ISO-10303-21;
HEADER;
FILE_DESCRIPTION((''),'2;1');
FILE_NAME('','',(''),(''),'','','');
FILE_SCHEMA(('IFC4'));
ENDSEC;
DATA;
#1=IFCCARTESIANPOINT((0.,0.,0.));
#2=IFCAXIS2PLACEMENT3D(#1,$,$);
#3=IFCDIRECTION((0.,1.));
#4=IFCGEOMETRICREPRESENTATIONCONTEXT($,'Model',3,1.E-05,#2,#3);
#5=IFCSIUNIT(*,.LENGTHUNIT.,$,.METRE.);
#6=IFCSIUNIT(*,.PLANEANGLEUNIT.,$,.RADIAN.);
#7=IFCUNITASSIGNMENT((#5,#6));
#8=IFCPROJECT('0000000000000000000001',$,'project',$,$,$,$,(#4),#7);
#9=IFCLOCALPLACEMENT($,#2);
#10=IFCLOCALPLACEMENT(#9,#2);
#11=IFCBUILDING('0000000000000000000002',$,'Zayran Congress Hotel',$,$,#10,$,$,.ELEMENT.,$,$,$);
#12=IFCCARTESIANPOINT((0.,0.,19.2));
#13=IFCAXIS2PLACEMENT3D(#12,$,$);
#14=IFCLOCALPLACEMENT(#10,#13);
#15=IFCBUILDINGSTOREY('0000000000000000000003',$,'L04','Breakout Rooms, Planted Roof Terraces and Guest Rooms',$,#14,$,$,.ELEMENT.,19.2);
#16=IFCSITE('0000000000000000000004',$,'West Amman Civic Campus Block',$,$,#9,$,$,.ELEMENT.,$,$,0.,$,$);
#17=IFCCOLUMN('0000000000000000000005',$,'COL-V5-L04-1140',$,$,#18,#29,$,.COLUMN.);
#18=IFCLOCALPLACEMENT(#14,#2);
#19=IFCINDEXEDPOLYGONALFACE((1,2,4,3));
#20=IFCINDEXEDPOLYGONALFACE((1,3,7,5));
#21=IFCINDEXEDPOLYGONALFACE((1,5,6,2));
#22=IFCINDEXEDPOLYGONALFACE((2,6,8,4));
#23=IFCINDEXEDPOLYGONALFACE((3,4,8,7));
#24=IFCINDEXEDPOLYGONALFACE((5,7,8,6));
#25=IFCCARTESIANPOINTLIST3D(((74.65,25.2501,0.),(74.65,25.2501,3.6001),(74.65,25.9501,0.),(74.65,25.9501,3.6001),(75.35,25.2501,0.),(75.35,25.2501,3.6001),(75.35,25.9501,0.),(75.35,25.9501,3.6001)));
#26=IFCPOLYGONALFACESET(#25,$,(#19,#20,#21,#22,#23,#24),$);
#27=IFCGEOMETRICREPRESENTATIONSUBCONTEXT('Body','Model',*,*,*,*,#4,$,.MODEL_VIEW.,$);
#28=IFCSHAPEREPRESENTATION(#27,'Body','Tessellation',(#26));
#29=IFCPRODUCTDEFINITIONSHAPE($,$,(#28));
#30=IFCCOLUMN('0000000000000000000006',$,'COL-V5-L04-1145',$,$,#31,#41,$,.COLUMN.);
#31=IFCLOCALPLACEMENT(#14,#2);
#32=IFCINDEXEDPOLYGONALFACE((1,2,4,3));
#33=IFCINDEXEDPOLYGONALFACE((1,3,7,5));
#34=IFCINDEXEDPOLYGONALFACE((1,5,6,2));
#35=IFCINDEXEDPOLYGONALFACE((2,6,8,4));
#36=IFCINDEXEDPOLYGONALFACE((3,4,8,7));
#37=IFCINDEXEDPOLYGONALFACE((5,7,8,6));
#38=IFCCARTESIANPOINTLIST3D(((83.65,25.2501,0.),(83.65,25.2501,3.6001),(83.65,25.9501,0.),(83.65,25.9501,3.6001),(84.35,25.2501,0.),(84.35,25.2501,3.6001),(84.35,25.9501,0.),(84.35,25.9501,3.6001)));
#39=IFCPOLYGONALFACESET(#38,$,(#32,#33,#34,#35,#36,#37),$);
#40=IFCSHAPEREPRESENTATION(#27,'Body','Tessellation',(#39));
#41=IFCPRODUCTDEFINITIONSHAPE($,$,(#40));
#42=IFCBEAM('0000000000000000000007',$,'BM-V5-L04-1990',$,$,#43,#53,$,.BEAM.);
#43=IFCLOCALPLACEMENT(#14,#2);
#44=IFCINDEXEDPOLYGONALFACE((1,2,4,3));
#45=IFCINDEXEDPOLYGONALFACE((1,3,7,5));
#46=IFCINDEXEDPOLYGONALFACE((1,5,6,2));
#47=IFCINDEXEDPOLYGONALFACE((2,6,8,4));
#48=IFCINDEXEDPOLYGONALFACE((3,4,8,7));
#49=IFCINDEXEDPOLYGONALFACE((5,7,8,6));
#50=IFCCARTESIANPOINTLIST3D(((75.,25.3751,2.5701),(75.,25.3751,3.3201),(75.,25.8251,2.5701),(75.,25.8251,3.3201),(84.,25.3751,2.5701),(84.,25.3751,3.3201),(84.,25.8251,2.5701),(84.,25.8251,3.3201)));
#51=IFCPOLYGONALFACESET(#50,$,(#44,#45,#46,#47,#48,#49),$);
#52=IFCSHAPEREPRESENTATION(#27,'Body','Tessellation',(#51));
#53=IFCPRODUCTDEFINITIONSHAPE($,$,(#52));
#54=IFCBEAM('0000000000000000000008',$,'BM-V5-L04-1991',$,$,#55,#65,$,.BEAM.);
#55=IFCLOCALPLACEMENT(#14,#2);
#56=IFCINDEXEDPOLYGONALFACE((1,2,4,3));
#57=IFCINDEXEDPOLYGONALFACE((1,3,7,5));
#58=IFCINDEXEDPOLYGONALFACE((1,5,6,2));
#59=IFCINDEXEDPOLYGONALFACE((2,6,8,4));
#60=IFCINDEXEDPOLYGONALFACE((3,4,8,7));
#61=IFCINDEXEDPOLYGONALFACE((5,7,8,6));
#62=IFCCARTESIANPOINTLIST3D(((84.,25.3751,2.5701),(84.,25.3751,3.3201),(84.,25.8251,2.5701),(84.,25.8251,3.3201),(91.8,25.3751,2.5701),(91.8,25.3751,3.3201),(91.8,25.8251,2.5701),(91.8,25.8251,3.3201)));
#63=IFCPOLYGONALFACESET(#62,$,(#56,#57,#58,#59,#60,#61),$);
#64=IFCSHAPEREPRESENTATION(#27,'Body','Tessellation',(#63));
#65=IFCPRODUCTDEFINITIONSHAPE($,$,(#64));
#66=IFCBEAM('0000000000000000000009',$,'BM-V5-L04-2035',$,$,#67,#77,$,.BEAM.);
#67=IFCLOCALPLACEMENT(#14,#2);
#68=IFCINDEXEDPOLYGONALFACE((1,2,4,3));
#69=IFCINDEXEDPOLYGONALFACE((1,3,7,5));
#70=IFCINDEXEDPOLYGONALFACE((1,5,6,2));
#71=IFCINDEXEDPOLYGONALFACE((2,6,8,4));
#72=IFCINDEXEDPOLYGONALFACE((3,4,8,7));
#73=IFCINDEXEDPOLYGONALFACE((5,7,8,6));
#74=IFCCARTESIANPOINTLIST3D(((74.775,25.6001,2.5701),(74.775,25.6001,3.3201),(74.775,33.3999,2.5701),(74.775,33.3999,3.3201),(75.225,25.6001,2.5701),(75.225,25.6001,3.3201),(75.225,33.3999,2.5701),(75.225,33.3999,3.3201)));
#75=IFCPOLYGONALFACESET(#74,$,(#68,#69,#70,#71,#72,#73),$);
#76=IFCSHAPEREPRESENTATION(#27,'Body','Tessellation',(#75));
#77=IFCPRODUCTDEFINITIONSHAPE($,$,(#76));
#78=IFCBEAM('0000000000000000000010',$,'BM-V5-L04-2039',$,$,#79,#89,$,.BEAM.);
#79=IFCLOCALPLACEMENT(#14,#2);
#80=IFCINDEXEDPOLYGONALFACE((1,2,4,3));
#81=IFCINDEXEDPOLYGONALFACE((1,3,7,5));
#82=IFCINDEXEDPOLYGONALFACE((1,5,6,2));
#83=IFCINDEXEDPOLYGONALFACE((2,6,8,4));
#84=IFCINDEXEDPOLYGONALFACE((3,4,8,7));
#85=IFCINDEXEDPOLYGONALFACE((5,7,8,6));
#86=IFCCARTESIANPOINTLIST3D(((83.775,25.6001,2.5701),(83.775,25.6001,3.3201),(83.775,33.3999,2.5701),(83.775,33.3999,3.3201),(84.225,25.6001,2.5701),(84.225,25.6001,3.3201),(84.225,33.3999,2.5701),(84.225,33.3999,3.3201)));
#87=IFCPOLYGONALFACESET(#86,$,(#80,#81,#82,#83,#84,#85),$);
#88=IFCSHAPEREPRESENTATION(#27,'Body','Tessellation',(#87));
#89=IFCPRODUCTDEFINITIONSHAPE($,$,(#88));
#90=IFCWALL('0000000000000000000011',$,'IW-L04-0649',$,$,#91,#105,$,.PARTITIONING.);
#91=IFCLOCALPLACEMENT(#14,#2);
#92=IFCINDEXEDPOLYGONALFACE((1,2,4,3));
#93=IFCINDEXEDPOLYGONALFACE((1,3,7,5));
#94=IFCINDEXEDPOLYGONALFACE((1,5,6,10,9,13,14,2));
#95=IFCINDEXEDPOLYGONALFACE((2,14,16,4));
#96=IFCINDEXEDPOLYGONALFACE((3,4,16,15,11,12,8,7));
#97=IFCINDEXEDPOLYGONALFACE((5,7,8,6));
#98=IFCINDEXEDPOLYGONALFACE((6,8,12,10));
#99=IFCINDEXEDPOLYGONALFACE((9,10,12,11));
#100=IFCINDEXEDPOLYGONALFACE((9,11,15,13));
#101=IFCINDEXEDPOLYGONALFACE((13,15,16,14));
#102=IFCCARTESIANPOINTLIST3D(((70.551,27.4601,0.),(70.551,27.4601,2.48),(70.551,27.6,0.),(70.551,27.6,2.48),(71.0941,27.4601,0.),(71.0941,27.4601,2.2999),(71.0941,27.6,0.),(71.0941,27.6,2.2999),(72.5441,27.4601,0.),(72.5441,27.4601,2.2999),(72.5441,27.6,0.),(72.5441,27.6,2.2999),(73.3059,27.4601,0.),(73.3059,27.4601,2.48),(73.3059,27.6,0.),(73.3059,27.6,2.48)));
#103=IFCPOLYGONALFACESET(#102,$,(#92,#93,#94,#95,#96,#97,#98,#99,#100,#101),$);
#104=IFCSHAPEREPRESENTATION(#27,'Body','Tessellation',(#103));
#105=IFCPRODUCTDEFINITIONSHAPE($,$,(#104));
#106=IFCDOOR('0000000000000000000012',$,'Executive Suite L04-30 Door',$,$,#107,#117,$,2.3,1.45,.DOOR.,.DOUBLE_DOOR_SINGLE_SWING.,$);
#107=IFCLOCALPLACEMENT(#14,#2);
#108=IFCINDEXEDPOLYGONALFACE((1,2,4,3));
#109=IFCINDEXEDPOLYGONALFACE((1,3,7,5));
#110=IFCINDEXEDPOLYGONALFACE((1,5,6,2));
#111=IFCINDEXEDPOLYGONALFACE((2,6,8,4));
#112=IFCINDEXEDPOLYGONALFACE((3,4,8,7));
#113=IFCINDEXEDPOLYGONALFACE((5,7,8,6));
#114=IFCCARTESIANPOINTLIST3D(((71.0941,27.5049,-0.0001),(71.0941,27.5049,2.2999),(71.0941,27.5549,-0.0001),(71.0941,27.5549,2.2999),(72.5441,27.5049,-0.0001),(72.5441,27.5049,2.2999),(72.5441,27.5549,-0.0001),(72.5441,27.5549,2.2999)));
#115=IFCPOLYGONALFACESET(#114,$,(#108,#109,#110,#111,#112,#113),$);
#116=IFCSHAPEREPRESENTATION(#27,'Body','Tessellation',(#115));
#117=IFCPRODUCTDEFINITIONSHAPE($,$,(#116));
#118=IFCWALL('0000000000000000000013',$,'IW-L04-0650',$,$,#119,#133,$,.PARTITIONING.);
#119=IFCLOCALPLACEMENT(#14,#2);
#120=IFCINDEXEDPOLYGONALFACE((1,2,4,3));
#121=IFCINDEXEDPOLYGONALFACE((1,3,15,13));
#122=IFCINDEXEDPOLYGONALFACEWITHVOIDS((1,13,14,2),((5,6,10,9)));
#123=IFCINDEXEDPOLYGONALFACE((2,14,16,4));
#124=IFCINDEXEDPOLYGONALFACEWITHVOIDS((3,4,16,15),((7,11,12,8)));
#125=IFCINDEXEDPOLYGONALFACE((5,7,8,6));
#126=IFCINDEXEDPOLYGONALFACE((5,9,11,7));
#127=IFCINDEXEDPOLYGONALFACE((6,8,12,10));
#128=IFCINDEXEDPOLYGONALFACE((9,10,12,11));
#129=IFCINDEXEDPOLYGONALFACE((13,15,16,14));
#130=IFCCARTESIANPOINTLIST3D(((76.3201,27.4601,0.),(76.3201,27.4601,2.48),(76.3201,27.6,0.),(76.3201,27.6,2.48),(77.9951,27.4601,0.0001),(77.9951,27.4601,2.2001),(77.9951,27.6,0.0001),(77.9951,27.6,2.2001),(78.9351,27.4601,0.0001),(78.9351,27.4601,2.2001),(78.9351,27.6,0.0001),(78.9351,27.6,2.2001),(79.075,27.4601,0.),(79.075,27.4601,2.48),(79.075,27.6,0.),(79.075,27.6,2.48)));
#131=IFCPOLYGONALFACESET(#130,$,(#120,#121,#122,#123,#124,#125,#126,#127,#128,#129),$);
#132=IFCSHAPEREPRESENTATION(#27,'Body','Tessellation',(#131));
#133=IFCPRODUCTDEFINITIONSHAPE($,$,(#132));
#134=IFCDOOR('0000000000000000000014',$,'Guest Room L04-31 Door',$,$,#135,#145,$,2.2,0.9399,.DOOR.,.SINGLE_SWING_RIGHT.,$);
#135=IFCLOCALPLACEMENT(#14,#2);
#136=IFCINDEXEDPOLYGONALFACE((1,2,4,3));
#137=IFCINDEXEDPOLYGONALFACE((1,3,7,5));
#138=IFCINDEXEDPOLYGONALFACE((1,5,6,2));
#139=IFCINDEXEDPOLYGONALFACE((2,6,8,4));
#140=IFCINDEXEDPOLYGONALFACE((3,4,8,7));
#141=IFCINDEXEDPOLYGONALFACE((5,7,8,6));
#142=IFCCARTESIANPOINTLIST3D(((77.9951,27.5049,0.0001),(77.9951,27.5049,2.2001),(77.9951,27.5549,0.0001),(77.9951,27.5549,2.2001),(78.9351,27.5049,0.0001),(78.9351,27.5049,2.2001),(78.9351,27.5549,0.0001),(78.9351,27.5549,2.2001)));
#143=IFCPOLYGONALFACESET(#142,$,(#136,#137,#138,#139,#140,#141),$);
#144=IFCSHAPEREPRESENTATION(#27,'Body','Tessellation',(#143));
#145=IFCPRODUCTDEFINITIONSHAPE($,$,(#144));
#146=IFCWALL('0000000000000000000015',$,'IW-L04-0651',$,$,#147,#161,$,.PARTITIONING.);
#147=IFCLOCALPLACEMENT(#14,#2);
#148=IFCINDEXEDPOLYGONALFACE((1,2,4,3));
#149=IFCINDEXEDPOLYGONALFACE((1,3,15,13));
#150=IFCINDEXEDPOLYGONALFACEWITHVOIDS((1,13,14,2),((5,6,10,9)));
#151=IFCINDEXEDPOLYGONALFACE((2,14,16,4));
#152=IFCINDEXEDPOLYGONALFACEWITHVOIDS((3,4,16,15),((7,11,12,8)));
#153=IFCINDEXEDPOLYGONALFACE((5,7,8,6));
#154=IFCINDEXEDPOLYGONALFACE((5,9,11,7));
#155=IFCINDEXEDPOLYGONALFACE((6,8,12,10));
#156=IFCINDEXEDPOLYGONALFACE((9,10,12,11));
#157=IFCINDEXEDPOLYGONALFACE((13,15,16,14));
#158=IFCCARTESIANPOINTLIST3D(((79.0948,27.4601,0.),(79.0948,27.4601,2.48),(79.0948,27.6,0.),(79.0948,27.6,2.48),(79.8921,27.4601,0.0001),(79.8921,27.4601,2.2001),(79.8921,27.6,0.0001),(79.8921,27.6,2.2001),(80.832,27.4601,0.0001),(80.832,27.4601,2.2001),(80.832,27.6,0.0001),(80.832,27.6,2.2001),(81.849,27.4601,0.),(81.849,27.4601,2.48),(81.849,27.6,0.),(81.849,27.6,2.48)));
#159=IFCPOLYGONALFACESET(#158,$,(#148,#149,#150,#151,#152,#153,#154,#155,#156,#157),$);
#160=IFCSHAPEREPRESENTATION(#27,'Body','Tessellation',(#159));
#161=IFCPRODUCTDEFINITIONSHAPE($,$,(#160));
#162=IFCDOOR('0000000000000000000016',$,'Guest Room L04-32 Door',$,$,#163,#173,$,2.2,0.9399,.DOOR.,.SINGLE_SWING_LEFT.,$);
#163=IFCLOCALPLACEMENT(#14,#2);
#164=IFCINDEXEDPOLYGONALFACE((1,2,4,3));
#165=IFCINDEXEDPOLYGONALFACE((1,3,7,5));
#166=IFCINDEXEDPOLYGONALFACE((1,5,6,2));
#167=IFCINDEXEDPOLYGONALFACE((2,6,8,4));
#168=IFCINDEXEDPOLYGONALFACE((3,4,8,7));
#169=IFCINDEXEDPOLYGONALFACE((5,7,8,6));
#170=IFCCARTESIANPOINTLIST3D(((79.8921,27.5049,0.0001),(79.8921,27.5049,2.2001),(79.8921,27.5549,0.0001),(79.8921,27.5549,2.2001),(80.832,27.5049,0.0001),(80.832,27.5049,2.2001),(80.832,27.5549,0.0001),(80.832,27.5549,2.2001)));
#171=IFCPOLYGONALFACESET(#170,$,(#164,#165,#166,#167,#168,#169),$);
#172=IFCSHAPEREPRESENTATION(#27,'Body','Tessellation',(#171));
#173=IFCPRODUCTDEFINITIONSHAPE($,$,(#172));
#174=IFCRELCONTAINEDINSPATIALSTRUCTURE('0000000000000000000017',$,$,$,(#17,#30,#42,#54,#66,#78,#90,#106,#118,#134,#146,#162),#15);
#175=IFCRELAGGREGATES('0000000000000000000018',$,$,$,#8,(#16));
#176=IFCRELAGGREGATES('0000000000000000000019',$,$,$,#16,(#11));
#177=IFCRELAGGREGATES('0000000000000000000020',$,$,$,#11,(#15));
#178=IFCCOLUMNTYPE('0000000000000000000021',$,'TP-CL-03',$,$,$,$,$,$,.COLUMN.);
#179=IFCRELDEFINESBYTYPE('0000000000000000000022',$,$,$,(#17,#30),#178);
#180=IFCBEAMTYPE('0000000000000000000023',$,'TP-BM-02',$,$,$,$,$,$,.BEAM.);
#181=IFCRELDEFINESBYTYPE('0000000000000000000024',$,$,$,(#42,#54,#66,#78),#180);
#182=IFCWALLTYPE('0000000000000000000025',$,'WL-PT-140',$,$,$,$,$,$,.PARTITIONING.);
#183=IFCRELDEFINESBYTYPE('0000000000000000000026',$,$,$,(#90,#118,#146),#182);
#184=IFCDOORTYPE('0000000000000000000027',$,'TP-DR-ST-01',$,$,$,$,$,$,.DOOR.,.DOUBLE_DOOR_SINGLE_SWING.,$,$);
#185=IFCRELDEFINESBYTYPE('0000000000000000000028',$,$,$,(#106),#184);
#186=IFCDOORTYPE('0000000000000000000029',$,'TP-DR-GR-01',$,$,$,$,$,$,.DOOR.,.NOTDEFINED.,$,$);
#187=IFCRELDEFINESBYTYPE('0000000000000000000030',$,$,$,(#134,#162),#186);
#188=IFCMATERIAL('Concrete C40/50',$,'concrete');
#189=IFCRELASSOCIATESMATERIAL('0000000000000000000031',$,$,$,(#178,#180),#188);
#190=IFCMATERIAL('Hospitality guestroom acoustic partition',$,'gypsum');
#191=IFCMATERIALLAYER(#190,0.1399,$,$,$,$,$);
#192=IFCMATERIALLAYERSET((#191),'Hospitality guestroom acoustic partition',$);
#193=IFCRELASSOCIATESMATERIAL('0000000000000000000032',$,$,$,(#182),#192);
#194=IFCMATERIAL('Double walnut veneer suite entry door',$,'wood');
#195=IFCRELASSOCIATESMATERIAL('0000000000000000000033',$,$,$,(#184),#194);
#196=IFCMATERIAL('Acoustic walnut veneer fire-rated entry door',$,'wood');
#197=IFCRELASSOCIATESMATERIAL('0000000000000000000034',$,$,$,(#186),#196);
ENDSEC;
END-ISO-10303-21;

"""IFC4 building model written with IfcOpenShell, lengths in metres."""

from ifc_helpers import new_model, si_unit, direction, frame, frame_2d, origin, origin_2d, place, context, subcontext, project, spatial, rectangle, extrude, material, layer, layer_set, material_profile, profile_set, type_object, element, fill, save


model = new_model("IFC4")

# Units and contexts
model_context = context("Model", 3, precision=1e-05, world=origin(), true_north=direction((0.0, 1.0)))
body_context = subcontext(model_context, "Body", "Model", "MODEL_VIEW")
ifc_project = project(units=[si_unit("LENGTHUNIT", "METRE"), si_unit("PLANEANGLEUNIT", "RADIAN")], contexts=[model_context])

# Site, building, storey
site_placement = place(None, origin())
site = spatial("IfcSite", under=ifc_project, at=site_placement, Name="West Amman Civic Campus Block", CompositionType="ELEMENT", RefElevation=0.0)
building_placement = place(site_placement, origin())
building = spatial("IfcBuilding", under=site, at=building_placement, Name="Zayran Congress Hotel", CompositionType="ELEMENT")
storey_placement = place(building_placement, frame((0.0, 0.0, 19.2)))
storey = spatial("IfcBuildingStorey", under=building, at=storey_placement, Name="L04", Description="Breakout Rooms, Planted Roof Terraces and Guest Rooms", CompositionType="ELEMENT", Elevation=19.2)

# Columns
ifc_material_1 = material(Name="Concrete C40/50", Category="concrete")
ifc_material_profile_1 = material_profile(ifc_material_1, rectangle(XDim=0.7, YDim=0.7, at=origin_2d()), Name="RC 700x700")
ifc_profile_set_1 = profile_set([ifc_material_profile_1], Name="Concrete C40/50")
column_type = type_object("IfcColumnType", Name="TP-CL-03", PredefinedType="COLUMN", material=ifc_profile_set_1)
for number, where, z_axis, x_axis, name in (
    (1, (75.0, 25.6001, 0.0), (0.0, 0.0, 1.0), (1.0, 0.0, 0.0), "COL-V5-L04-1140"),
    (2, (84.0, 25.6001, 0.0), (0.0, 0.0, 1.0), (1.0, 0.0, 0.0), "COL-V5-L04-1145"),
):
    element("IfcColumn", number, at=place(storey_placement, frame(where, z_axis=z_axis, x_axis=x_axis)), inside=storey, type_object=column_type, Name=name, PredefinedType="COLUMN", context=body_context, shape_type="SweptSolid", body=[
        extrude(rectangle(XDim=0.7, YDim=0.7, at=origin_2d()), origin(), (0.0, 0.0, 1.0), 3.6001),
    ])

# Beams
ifc_material_profile_2 = material_profile(ifc_material_1, rectangle(XDim=0.45, YDim=0.75, at=origin_2d()), Name="RC 450x750")
ifc_profile_set_2 = profile_set([ifc_material_profile_2], Name="Concrete C40/50")
beam_type = type_object("IfcBeamType", Name="TP-BM-02", PredefinedType="BEAM", material=ifc_profile_set_2)
beam_1_placement = place(storey_placement, frame((75.0, 25.6001, 2.9451), z_axis=(1.0, 0.0, 0.0), x_axis=(0.0, 1.0, 0.0)))
element("IfcBeam", 3, at=beam_1_placement, inside=storey, type_object=beam_type, Name="BM-V5-L04-1990", PredefinedType="BEAM", context=body_context, shape_type="SweptSolid", body=[
    extrude(rectangle(XDim=0.45, YDim=0.75, at=origin_2d()), origin(), (0.0, 0.0, 1.0), 9.0),
])
beam_2_placement = place(storey_placement, frame((84.0, 25.6001, 2.9451), z_axis=(1.0, 0.0, 0.0), x_axis=(0.0, 1.0, 0.0)))
element("IfcBeam", 4, at=beam_2_placement, inside=storey, type_object=beam_type, Name="BM-V5-L04-1991", PredefinedType="BEAM", context=body_context, shape_type="SweptSolid", body=[
    extrude(rectangle(XDim=0.45, YDim=0.75, at=origin_2d()), origin(), (0.0, 0.0, 1.0), 7.8),
])
for number, where, z_axis, x_axis, name in (
    (5, (75.0, 25.6001, 2.9451), (0.0, 1.0, 0.0), (-1.0, 0.0, 0.0), "BM-V5-L04-2035"),
    (6, (84.0, 25.6001, 2.9451), (0.0, 1.0, 0.0), (-1.0, 0.0, 0.0), "BM-V5-L04-2039"),
):
    element("IfcBeam", number, at=place(storey_placement, frame(where, z_axis=z_axis, x_axis=x_axis)), inside=storey, type_object=beam_type, Name=name, PredefinedType="BEAM", context=body_context, shape_type="SweptSolid", body=[
        extrude(rectangle(XDim=0.45, YDim=0.75, at=origin_2d()), origin(), (0.0, 0.0, 1.0), 7.7998),
    ])

# Walls, openings, doors
ifc_material_2 = material(Name="Hospitality guestroom acoustic partition", Category="gypsum")
ifc_layer_1 = layer(ifc_material_2, 0.1399)
ifc_layer_set_1 = layer_set([ifc_layer_1], Name="Hospitality guestroom acoustic partition")
wall_type_1 = type_object("IfcWallType", Name="WL-PT-140", PredefinedType="PARTITIONING", material=ifc_layer_set_1)
wall_1_placement = place(storey_placement, frame((70.551, 27.53, 0.0), z_axis=(0.0, 0.0, 1.0), x_axis=(1.0, 0.0, 0.0)))
wall_1 = element("IfcWall", 7, at=wall_1_placement, inside=storey, type_object=wall_type_1, Name="IW-L04-0649", PredefinedType="PARTITIONING", context=body_context, shape_type="SweptSolid", body=[
    extrude(rectangle(XDim=2.7549, YDim=0.1399, at=frame_2d((1.3774, 0.0))), origin(), (0.0, 0.0, 1.0), 2.48),
])
opening_1_placement = place(wall_1_placement, frame((0.543, 0.0, 0.0)))
opening_1 = element("IfcOpeningElement", 8, at=opening_1_placement, cuts=wall_1, PredefinedType="OPENING", context=body_context, shape_type="SweptSolid", body=[
    extrude(rectangle(XDim=1.45, YDim=2.3, at=frame_2d((0.7251, 1.1499))), frame((0.0, 0.0798, 0.0), z_axis=(0.0, -1.0, 0.0), x_axis=(1.0, 0.0, 0.0)), (0.0, 0.0, 1.0), 0.1599),
])
ifc_material_3 = material(Name="Double walnut veneer suite entry door", Category="wood")
door_type_1 = type_object("IfcDoorType", Name="TP-DR-ST-01", OperationType="DOUBLE_DOOR_SINGLE_SWING", PredefinedType="DOOR", material=ifc_material_3)
door_1_placement = place(opening_1_placement, origin())
door_1 = element("IfcDoor", 9, at=door_1_placement, inside=storey, type_object=door_type_1, Name="Executive Suite L04-30 Door", OperationType="DOUBLE_DOOR_SINGLE_SWING", OverallHeight=2.3, OverallWidth=1.45, PredefinedType="DOOR", context=body_context, shape_type="SweptSolid", body=[
    extrude(rectangle(XDim=1.45, YDim=2.3, at=frame_2d((0.7251, 1.1499))), frame((0.0, 0.0249, 0.0), z_axis=(0.0, -1.0, 0.0), x_axis=(1.0, 0.0, 0.0)), (0.0, 0.0, 1.0), 0.05),
])
fill(opening_1, door_1)
wall_2_placement = place(storey_placement, frame((76.3201, 27.53, 0.0), z_axis=(0.0, 0.0, 1.0), x_axis=(1.0, 0.0, 0.0)))
wall_2 = element("IfcWall", 10, at=wall_2_placement, inside=storey, type_object=wall_type_1, Name="IW-L04-0650", PredefinedType="PARTITIONING", context=body_context, shape_type="SweptSolid", body=[
    extrude(rectangle(XDim=2.7549, YDim=0.1399, at=frame_2d((1.3774, 0.0))), origin(), (0.0, 0.0, 1.0), 2.48),
])
opening_2_placement = place(wall_2_placement, frame((1.675, 0.0, 0.0)))
opening_2 = element("IfcOpeningElement", 11, at=opening_2_placement, cuts=wall_2, PredefinedType="OPENING", context=body_context, shape_type="SweptSolid", body=[
    extrude(rectangle(XDim=0.9399, YDim=2.2, at=frame_2d((0.47, 1.1001))), frame((0.0, 0.0798, 0.0), z_axis=(0.0, -1.0, 0.0), x_axis=(1.0, 0.0, 0.0)), (0.0, 0.0, 1.0), 0.1599),
])
ifc_material_4 = material(Name="Acoustic walnut veneer fire-rated entry door", Category="wood")
door_type_2 = type_object("IfcDoorType", Name="TP-DR-GR-01", OperationType="NOTDEFINED", PredefinedType="DOOR", material=ifc_material_4)
door_2_placement = place(opening_2_placement, origin())
door_2 = element("IfcDoor", 12, at=door_2_placement, inside=storey, type_object=door_type_2, Name="Guest Room L04-31 Door", OperationType="SINGLE_SWING_RIGHT", OverallHeight=2.2, OverallWidth=0.9399, PredefinedType="DOOR", context=body_context, shape_type="SweptSolid", body=[
    extrude(rectangle(XDim=0.9399, YDim=2.2, at=frame_2d((0.47, 1.1001))), frame((0.0, 0.0249, 0.0), z_axis=(0.0, -1.0, 0.0), x_axis=(1.0, 0.0, 0.0)), (0.0, 0.0, 1.0), 0.05),
])
fill(opening_2, door_2)
wall_3_placement = place(storey_placement, frame((79.095, 27.53, 0.0), z_axis=(0.0, 0.0, 1.0), x_axis=(1.0, 0.0, 0.0)))
wall_3 = element("IfcWall", 13, at=wall_3_placement, inside=storey, type_object=wall_type_1, Name="IW-L04-0651", PredefinedType="PARTITIONING", context=body_context, shape_type="SweptSolid", body=[
    extrude(rectangle(XDim=2.7542, YDim=0.1399, at=frame_2d((1.377, 0.0))), origin(), (0.0, 0.0, 1.0), 2.48),
])
opening_3_placement = place(wall_3_placement, frame((0.7971, 0.0, 0.0)))
opening_3 = element("IfcOpeningElement", 14, at=opening_3_placement, cuts=wall_3, PredefinedType="OPENING", context=body_context, shape_type="SweptSolid", body=[
    extrude(rectangle(XDim=0.9399, YDim=2.2, at=frame_2d((0.47, 1.1001))), frame((0.0, 0.0798, 0.0), z_axis=(0.0, -1.0, 0.0), x_axis=(1.0, 0.0, 0.0)), (0.0, 0.0, 1.0), 0.1599),
])
door_3_placement = place(opening_3_placement, origin())
door_3 = element("IfcDoor", 15, at=door_3_placement, inside=storey, type_object=door_type_2, Name="Guest Room L04-32 Door", OperationType="SINGLE_SWING_LEFT", OverallHeight=2.2, OverallWidth=0.9399, PredefinedType="DOOR", context=body_context, shape_type="SweptSolid", body=[
    extrude(rectangle(XDim=0.9399, YDim=2.2, at=frame_2d((0.47, 1.1001))), frame((0.0, 0.0249, 0.0), z_axis=(0.0, -1.0, 0.0), x_axis=(1.0, 0.0, 0.0)), (0.0, 0.0, 1.0), 0.05),
])
fill(opening_3, door_3)

save(model, "model.ifc")
